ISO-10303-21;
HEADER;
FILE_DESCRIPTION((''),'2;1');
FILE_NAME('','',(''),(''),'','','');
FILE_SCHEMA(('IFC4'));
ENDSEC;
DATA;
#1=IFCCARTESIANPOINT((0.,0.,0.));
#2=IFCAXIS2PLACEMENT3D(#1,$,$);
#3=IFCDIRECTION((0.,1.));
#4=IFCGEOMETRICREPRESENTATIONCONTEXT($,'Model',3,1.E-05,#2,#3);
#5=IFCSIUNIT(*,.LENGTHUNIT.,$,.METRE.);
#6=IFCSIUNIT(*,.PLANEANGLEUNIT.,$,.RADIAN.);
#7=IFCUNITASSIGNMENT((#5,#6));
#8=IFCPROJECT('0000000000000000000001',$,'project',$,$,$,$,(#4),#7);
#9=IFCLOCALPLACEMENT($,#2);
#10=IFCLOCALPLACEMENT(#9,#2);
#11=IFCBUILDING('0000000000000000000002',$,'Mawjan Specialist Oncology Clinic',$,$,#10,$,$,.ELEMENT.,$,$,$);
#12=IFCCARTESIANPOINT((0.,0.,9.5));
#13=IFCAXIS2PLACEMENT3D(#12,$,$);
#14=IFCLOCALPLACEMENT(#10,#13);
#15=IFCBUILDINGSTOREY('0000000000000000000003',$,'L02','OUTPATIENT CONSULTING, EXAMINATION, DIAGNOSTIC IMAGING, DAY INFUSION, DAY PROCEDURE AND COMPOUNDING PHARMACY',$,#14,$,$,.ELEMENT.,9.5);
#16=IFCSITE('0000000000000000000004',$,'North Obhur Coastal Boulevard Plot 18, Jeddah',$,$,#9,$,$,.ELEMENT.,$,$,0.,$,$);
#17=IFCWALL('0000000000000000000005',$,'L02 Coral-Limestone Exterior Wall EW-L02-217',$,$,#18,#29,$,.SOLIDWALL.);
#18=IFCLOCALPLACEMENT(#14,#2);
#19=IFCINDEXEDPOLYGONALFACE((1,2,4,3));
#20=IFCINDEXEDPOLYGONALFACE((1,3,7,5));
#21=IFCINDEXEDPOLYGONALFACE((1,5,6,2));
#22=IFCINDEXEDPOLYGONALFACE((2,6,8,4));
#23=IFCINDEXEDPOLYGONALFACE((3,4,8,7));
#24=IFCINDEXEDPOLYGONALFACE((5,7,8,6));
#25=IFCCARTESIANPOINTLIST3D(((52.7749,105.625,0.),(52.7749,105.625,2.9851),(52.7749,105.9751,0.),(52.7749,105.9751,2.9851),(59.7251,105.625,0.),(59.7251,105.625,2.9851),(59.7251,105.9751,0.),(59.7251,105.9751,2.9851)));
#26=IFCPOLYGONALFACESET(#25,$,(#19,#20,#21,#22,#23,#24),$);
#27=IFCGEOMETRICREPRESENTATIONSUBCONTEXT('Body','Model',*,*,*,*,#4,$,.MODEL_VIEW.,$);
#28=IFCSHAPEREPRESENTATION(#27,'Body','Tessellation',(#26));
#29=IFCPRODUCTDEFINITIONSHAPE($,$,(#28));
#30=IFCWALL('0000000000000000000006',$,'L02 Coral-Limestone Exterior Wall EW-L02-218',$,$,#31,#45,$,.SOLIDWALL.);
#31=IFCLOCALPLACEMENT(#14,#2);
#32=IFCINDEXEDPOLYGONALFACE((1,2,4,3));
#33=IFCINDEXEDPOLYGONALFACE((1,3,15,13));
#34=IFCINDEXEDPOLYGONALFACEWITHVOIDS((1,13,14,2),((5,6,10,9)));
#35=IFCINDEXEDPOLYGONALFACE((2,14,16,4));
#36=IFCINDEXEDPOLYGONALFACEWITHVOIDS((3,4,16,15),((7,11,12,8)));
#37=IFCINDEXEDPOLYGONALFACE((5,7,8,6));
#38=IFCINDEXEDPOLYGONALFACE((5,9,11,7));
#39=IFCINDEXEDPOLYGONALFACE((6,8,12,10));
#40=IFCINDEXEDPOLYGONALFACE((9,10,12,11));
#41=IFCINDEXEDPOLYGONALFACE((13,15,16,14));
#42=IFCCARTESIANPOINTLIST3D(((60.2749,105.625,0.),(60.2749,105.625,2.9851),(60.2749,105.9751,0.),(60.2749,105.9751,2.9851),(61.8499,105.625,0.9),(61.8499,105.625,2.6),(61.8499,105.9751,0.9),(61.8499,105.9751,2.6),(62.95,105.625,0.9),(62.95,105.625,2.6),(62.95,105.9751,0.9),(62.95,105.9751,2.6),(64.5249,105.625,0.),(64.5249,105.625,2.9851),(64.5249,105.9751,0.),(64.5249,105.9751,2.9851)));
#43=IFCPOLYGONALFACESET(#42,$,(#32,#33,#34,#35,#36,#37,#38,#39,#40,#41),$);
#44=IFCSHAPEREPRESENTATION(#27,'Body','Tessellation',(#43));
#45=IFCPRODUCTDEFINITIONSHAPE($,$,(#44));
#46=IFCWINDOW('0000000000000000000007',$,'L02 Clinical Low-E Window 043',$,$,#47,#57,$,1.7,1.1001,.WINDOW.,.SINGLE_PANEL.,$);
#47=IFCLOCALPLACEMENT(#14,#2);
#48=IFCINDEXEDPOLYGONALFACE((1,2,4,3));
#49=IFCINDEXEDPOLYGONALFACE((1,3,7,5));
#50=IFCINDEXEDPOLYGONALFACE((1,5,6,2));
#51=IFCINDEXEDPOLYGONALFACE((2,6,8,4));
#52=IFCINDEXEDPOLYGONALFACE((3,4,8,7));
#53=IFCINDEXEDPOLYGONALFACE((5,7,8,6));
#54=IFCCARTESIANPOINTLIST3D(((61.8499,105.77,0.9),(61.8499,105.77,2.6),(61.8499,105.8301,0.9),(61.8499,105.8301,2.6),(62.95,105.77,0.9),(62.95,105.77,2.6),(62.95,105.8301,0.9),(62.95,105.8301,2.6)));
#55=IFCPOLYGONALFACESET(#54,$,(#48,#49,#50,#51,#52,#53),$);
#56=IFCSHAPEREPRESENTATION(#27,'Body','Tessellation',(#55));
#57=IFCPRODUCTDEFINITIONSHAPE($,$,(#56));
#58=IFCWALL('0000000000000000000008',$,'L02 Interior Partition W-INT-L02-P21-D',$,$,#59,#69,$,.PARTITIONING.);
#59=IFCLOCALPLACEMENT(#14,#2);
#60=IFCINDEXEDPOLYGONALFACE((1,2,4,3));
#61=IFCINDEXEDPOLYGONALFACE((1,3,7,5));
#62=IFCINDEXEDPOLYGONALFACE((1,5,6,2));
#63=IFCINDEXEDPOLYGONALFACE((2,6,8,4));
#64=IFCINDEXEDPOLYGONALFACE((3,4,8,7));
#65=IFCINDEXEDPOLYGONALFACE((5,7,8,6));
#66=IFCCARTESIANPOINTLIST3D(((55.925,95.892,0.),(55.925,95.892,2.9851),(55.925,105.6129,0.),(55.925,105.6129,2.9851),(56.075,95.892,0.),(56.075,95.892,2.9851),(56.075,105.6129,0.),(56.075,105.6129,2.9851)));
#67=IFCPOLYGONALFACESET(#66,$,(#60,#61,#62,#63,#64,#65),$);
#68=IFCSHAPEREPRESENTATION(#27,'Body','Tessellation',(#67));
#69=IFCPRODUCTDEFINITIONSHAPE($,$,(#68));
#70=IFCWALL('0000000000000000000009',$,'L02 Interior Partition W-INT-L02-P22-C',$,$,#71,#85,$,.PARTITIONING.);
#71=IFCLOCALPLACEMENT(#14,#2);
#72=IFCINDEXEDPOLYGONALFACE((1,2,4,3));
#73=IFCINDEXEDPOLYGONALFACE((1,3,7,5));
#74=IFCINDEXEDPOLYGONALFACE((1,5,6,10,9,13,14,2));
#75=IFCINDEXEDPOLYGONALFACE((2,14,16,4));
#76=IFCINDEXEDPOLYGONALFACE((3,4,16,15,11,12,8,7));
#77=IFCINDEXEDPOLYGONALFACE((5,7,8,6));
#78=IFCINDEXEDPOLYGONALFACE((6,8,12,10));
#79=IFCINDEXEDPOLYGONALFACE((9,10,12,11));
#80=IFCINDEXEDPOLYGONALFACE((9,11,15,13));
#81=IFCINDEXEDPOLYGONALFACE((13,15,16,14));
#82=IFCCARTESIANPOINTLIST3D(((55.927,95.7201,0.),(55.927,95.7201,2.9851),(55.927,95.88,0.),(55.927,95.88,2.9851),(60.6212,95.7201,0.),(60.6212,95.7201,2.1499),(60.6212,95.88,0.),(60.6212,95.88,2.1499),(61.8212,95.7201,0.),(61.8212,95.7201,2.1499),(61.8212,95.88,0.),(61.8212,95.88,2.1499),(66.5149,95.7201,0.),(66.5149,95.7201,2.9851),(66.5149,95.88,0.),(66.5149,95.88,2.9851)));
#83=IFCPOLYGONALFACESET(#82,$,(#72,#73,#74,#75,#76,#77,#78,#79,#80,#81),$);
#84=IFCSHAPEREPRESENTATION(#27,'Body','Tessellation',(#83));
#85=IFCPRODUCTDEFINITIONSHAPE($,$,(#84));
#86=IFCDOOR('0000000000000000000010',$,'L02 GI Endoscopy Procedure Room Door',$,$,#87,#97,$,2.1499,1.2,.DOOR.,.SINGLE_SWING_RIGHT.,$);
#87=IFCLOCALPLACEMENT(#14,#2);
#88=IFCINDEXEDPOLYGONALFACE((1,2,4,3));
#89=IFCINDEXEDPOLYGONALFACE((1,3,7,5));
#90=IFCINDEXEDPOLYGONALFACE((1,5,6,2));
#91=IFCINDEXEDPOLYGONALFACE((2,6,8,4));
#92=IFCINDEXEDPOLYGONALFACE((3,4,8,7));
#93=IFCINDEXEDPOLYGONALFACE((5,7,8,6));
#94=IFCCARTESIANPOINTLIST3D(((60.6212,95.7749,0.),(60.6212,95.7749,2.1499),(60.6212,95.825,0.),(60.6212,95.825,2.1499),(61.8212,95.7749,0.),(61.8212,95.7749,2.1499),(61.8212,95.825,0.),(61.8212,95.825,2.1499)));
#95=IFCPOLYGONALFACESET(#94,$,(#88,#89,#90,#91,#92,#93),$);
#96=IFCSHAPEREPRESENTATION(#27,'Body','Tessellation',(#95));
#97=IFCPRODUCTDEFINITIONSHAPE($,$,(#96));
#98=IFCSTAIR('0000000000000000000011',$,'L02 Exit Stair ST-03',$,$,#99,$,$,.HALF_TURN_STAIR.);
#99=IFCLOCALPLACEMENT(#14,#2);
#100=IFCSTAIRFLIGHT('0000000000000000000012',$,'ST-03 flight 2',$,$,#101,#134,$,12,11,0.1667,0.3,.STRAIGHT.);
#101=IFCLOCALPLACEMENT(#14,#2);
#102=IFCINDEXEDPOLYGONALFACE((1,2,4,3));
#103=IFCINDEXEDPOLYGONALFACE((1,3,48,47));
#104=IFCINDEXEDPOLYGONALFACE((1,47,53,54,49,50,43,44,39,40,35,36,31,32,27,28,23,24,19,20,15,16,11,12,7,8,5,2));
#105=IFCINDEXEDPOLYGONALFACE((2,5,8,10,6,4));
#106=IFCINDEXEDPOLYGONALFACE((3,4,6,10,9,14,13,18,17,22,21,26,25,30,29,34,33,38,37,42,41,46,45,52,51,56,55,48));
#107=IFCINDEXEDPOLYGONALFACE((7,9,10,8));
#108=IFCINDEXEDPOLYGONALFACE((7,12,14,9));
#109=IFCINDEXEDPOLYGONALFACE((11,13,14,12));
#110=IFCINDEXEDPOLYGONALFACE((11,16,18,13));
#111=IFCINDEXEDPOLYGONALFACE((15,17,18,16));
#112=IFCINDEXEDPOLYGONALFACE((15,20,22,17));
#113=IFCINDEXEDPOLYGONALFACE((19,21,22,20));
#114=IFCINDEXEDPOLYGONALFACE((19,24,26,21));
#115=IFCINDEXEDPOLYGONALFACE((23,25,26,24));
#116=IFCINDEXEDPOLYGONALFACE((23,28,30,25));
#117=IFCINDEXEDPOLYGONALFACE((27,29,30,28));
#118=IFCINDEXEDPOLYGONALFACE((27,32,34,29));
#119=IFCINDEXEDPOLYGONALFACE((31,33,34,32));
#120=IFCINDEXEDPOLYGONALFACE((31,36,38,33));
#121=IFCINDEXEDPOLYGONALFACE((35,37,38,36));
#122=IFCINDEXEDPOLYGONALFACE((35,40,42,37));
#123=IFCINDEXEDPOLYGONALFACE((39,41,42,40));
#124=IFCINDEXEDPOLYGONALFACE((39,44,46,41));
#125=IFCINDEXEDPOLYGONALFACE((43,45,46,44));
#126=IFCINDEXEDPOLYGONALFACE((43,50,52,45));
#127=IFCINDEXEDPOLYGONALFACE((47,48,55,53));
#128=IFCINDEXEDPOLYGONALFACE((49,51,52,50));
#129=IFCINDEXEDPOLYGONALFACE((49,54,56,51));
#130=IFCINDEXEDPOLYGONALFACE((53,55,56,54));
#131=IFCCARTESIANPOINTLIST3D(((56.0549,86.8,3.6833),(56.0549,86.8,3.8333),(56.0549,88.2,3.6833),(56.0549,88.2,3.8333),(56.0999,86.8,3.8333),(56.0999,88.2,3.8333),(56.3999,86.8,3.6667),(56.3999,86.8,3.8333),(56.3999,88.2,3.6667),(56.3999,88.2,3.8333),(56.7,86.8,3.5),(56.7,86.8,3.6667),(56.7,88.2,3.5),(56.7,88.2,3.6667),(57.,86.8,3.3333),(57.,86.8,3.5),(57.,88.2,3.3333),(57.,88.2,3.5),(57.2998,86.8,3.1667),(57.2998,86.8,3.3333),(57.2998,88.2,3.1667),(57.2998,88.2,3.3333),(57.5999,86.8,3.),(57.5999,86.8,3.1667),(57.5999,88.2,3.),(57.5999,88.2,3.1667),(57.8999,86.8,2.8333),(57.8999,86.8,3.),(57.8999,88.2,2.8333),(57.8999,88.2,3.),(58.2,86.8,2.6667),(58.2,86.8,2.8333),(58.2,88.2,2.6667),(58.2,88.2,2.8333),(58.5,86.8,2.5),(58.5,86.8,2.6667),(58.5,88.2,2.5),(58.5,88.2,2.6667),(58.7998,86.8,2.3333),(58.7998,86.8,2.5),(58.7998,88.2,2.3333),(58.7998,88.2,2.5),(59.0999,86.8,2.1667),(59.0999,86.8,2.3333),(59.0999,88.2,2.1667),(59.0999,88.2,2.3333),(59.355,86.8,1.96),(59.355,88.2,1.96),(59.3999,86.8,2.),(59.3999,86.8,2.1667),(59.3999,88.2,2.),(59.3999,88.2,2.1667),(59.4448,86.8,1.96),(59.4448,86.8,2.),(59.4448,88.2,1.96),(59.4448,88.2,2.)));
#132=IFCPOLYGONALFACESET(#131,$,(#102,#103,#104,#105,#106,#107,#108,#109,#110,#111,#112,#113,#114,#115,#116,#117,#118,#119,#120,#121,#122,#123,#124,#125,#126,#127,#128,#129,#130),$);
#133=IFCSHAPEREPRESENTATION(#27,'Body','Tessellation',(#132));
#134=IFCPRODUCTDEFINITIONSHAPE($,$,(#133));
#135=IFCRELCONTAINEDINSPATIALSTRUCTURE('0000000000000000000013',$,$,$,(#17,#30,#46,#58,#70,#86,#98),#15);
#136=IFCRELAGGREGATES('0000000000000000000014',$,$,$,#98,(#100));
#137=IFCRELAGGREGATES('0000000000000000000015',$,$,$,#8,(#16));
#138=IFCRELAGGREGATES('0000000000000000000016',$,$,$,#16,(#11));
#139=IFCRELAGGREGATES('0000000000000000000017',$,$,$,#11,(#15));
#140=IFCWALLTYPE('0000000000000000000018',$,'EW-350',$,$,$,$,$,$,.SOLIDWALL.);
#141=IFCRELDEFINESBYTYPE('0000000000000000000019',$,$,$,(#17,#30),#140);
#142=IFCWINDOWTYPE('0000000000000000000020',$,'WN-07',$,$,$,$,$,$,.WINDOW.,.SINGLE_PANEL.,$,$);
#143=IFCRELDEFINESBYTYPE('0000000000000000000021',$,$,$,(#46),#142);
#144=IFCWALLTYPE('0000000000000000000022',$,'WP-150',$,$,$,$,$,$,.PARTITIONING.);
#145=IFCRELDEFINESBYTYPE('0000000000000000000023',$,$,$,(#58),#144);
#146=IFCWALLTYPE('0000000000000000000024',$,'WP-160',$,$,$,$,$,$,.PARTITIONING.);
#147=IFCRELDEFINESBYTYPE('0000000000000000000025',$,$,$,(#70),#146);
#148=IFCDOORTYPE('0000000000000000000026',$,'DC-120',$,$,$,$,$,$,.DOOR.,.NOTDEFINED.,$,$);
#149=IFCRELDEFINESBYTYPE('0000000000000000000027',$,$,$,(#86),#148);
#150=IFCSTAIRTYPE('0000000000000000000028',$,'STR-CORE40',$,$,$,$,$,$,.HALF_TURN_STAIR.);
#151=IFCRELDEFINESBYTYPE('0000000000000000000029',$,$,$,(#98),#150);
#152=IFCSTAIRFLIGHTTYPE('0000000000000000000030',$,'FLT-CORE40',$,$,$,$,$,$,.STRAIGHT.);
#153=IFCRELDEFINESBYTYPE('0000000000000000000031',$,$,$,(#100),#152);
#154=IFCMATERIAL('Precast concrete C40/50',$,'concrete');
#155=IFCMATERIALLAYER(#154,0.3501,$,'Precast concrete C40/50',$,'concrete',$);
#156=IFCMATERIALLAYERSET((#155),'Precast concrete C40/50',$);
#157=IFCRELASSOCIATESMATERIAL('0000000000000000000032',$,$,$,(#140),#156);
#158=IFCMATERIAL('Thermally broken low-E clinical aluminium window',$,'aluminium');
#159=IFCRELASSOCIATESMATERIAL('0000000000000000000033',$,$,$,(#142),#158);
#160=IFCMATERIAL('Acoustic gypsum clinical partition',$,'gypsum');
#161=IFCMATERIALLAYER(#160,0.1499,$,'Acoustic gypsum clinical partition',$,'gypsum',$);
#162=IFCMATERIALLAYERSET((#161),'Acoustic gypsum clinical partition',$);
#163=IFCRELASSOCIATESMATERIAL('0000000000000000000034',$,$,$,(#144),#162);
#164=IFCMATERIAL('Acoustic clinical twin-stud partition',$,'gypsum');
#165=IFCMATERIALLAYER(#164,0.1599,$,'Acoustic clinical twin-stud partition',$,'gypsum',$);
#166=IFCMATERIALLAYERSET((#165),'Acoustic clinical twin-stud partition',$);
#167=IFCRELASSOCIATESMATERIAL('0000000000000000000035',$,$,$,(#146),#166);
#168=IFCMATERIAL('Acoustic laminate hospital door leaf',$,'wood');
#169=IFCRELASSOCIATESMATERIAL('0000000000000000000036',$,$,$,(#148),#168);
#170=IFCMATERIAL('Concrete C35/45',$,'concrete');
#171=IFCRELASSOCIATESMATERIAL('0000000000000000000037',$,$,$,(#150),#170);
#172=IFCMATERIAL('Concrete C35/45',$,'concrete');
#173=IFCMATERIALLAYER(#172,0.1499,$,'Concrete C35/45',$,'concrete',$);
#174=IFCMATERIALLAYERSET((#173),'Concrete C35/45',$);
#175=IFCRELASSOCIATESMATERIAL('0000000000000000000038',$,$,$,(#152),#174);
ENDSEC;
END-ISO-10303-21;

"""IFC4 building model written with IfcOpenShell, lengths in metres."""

from ifc_helpers import new_model, si_unit, direction, frame, frame_2d, origin, place, context, subcontext, project, spatial, polyline, rectangle, outline, extrude, material, layer, layer_set, type_object, element, fill, aggregate, save


model = new_model("IFC4")

# Units and contexts
model_context = context("Model", 3, precision=1e-05, world=origin(), true_north=direction((0.0, 1.0)))
body_context = subcontext(model_context, "Body", "Model", "MODEL_VIEW")
ifc_project = project(units=[si_unit("LENGTHUNIT", "METRE"), si_unit("PLANEANGLEUNIT", "RADIAN")], contexts=[model_context])

# Site, building, storey
site_placement = place(None, origin())
site = spatial("IfcSite", under=ifc_project, at=site_placement, Name="North Obhur Coastal Boulevard Plot 18, Jeddah", CompositionType="ELEMENT", RefElevation=0.0)
building_placement = place(site_placement, origin())
building = spatial("IfcBuilding", under=site, at=building_placement, Name="Mawjan Specialist Oncology Clinic", CompositionType="ELEMENT")
storey_placement = place(building_placement, frame((0.0, 0.0, 9.5)))
storey = spatial("IfcBuildingStorey", under=building, at=storey_placement, Name="L02", Description="OUTPATIENT CONSULTING, EXAMINATION, DIAGNOSTIC IMAGING, DAY INFUSION, DAY PROCEDURE AND COMPOUNDING PHARMACY", CompositionType="ELEMENT", Elevation=9.5)

# Wall
ifc_material_1 = material(Name="Precast concrete C40/50", Category="concrete")
ifc_layer_1 = layer(ifc_material_1, 0.3501, Name="Precast concrete C40/50", Category="concrete")
ifc_layer_set_1 = layer_set([ifc_layer_1], Name="Precast concrete C40/50")
wall_type_1 = type_object("IfcWallType", Name="EW-350", PredefinedType="SOLIDWALL", material=ifc_layer_set_1)
wall_1_placement = place(storey_placement, frame((52.7749, 105.8, 0.0), z_axis=(0.0, 0.0, 1.0), x_axis=(1.0, 0.0, 0.0)))
element("IfcWall", 1, at=wall_1_placement, inside=storey, type_object=wall_type_1, Name="L02 Coral-Limestone Exterior Wall EW-L02-217", PredefinedType="SOLIDWALL", context=body_context, shape_type="SweptSolid", body=[
    extrude(rectangle(XDim=6.9502, YDim=0.3501, at=frame_2d((3.4751, 0.0))), origin(), (0.0, 0.0, 1.0), 2.9851),
])

# Wall, opening, window
wall_2_placement = place(storey_placement, frame((60.2749, 105.8, 0.0), z_axis=(0.0, 0.0, 1.0), x_axis=(1.0, 0.0, 0.0)))
wall_2 = element("IfcWall", 2, at=wall_2_placement, inside=storey, type_object=wall_type_1, Name="L02 Coral-Limestone Exterior Wall EW-L02-218", PredefinedType="SOLIDWALL", context=body_context, shape_type="SweptSolid", body=[
    extrude(rectangle(XDim=4.25, YDim=0.3501, at=frame_2d((2.125, 0.0))), origin(), (0.0, 0.0, 1.0), 2.9851),
])
opening_1_placement = place(wall_2_placement, frame((1.575, 0.0, 0.8999)))
opening_1 = element("IfcOpeningElement", 3, at=opening_1_placement, cuts=wall_2, PredefinedType="OPENING", context=body_context, shape_type="SweptSolid", body=[
    extrude(rectangle(XDim=1.1001, YDim=1.7, at=frame_2d((0.55, 0.8501))), frame((0.0, 0.187, 0.0), z_axis=(0.0, -1.0, 0.0), x_axis=(1.0, 0.0, 0.0)), (0.0, 0.0, 1.0), 0.374),
])
ifc_material_2 = material(Name="Thermally broken low-E clinical aluminium window", Category="aluminium")
window_type = type_object("IfcWindowType", Name="WN-07", PartitioningType="SINGLE_PANEL", PredefinedType="WINDOW", material=ifc_material_2)
window_placement = place(opening_1_placement, origin())
window = element("IfcWindow", 4, at=window_placement, inside=storey, type_object=window_type, Name="L02 Clinical Low-E Window 043", OverallHeight=1.7, OverallWidth=1.1001, PartitioningType="SINGLE_PANEL", PredefinedType="WINDOW", context=body_context, shape_type="SweptSolid", body=[
    extrude(rectangle(XDim=1.1001, YDim=1.7, at=frame_2d((0.55, 0.8501))), frame((0.0, 0.03, 0.0), z_axis=(0.0, -1.0, 0.0), x_axis=(1.0, 0.0, 0.0)), (0.0, 0.0, 1.0), 0.0601),
])
fill(opening_1, window)

# Wall
ifc_material_3 = material(Name="Acoustic gypsum clinical partition", Category="gypsum")
ifc_layer_2 = layer(ifc_material_3, 0.1499, Name="Acoustic gypsum clinical partition", Category="gypsum")
ifc_layer_set_2 = layer_set([ifc_layer_2], Name="Acoustic gypsum clinical partition")
wall_type_2 = type_object("IfcWallType", Name="WP-150", PredefinedType="PARTITIONING", material=ifc_layer_set_2)
wall_3_placement = place(storey_placement, frame((56.0, 95.8921, 0.0), z_axis=(0.0, 0.0, 1.0), x_axis=(0.0, 1.0, 0.0)))
element("IfcWall", 5, at=wall_3_placement, inside=storey, type_object=wall_type_2, Name="L02 Interior Partition W-INT-L02-P21-D", PredefinedType="PARTITIONING", context=body_context, shape_type="SweptSolid", body=[
    extrude(rectangle(XDim=9.7209, YDim=0.1499, at=frame_2d((4.8604, 0.0))), origin(), (0.0, 0.0, 1.0), 2.9851),
])

# Wall, opening, door
ifc_material_4 = material(Name="Acoustic clinical twin-stud partition", Category="gypsum")
ifc_layer_3 = layer(ifc_material_4, 0.1599, Name="Acoustic clinical twin-stud partition", Category="gypsum")
ifc_layer_set_3 = layer_set([ifc_layer_3], Name="Acoustic clinical twin-stud partition")
wall_type_3 = type_object("IfcWallType", Name="WP-160", PredefinedType="PARTITIONING", material=ifc_layer_set_3)
wall_4_placement = place(storey_placement, frame((55.927, 95.8, 0.0), z_axis=(0.0, 0.0, 1.0), x_axis=(1.0, 0.0, 0.0)))
wall_4 = element("IfcWall", 6, at=wall_4_placement, inside=storey, type_object=wall_type_3, Name="L02 Interior Partition W-INT-L02-P22-C", PredefinedType="PARTITIONING", context=body_context, shape_type="SweptSolid", body=[
    extrude(rectangle(XDim=10.5879, YDim=0.1599, at=frame_2d((5.2939, 0.0))), origin(), (0.0, 0.0, 1.0), 2.9851),
])
opening_2_placement = place(wall_4_placement, frame((4.6941, 0.0, 0.0)))
opening_2 = element("IfcOpeningElement", 7, at=opening_2_placement, cuts=wall_4, PredefinedType="OPENING", context=body_context, shape_type="SweptSolid", body=[
    extrude(rectangle(XDim=1.2, YDim=2.1499, at=frame_2d((0.6001, 1.075))), frame((0.0, 0.092, 0.0), z_axis=(0.0, -1.0, 0.0), x_axis=(1.0, 0.0, 0.0)), (0.0, 0.0, 1.0), 0.1838),
])
ifc_material_5 = material(Name="Acoustic laminate hospital door leaf", Category="wood")
door_type_1 = type_object("IfcDoorType", Name="DC-120", OperationType="NOTDEFINED", PredefinedType="DOOR", material=ifc_material_5)
door_1_placement = place(opening_2_placement, origin())
door_1 = element("IfcDoor", 8, at=door_1_placement, inside=storey, type_object=door_type_1, Name="L02 GI Endoscopy Procedure Room Door", OperationType="SINGLE_SWING_RIGHT", OverallHeight=2.1499, OverallWidth=1.2, PredefinedType="DOOR", context=body_context, shape_type="SweptSolid", body=[
    extrude(rectangle(XDim=1.2, YDim=2.1499, at=frame_2d((0.6001, 1.075))), frame((0.0, 0.0249, 0.0), z_axis=(0.0, -1.0, 0.0), x_axis=(1.0, 0.0, 0.0)), (0.0, 0.0, 1.0), 0.05),
])
fill(opening_2, door_1)

# Stair, stair flight
ifc_material_6 = material(Name="Concrete C35/45", Category="concrete")
stair_type = type_object("IfcStairType", Name="STR-CORE40", PredefinedType="HALF_TURN_STAIR", material=ifc_material_6)
stair_placement = place(storey_placement, origin())
stair = element("IfcStair", 9, at=stair_placement, inside=storey, type_object=stair_type, Name="L02 Exit Stair ST-03", PredefinedType="HALF_TURN_STAIR")
ifc_material_7 = material(Name="Concrete C35/45", Category="concrete")
ifc_layer_4 = layer(ifc_material_7, 0.1499, Name="Concrete C35/45", Category="concrete")
ifc_layer_set_4 = layer_set([ifc_layer_4], Name="Concrete C35/45")
stair_flight_type = type_object("IfcStairFlightType", Name="FLT-CORE40", PredefinedType="STRAIGHT", material=ifc_layer_set_4)
stair_flight_placement = place(storey_placement, frame((59.3999, 87.5, 2.0), z_axis=(0.0, 0.0, 1.0), x_axis=(-1.0, 0.0, 0.0)))
stair_flight = element("IfcStairFlight", 10, at=stair_flight_placement, type_object=stair_flight_type, Name="ST-03 flight 2", NumberOfRisers=12, NumberOfTreads=11, PredefinedType="STRAIGHT", RiserHeight=0.1667, TreadLength=0.3, context=body_context, shape_type="SweptSolid", body=[
    extrude(outline(polyline([(-0.0449, -0.04), (-0.0449, 0.0), (0.0, 0.0), (0.0, 0.1667), (0.3, 0.1667), (0.3, 0.3333), (0.6001, 0.3333), (0.6001, 0.5), (0.8999, 0.5), (0.8999, 0.6667), (1.2, 0.6667), (1.2, 0.8333), (1.5, 0.8333), (1.5, 1.0), (1.8, 1.0), (1.8, 1.1667), (2.1001, 1.1667), (2.1001, 1.3333), (2.3999, 1.3333), (2.3999, 1.5), (2.7, 1.5), (2.7, 1.6667), (3.0, 1.6667), (3.0, 1.8333), (3.3, 1.8333), (3.345, 1.8333), (3.345, 1.6833), (0.0449, -0.04), (-0.0449, -0.04)])), frame((0.0, 0.7, 0.0), z_axis=(0.0, -1.0, 0.0), x_axis=(1.0, 0.0, 0.0)), (0.0, 0.0, 1.0), 1.3999),
])
aggregate(stair, [stair_flight])

save(model, "model.ifc")
